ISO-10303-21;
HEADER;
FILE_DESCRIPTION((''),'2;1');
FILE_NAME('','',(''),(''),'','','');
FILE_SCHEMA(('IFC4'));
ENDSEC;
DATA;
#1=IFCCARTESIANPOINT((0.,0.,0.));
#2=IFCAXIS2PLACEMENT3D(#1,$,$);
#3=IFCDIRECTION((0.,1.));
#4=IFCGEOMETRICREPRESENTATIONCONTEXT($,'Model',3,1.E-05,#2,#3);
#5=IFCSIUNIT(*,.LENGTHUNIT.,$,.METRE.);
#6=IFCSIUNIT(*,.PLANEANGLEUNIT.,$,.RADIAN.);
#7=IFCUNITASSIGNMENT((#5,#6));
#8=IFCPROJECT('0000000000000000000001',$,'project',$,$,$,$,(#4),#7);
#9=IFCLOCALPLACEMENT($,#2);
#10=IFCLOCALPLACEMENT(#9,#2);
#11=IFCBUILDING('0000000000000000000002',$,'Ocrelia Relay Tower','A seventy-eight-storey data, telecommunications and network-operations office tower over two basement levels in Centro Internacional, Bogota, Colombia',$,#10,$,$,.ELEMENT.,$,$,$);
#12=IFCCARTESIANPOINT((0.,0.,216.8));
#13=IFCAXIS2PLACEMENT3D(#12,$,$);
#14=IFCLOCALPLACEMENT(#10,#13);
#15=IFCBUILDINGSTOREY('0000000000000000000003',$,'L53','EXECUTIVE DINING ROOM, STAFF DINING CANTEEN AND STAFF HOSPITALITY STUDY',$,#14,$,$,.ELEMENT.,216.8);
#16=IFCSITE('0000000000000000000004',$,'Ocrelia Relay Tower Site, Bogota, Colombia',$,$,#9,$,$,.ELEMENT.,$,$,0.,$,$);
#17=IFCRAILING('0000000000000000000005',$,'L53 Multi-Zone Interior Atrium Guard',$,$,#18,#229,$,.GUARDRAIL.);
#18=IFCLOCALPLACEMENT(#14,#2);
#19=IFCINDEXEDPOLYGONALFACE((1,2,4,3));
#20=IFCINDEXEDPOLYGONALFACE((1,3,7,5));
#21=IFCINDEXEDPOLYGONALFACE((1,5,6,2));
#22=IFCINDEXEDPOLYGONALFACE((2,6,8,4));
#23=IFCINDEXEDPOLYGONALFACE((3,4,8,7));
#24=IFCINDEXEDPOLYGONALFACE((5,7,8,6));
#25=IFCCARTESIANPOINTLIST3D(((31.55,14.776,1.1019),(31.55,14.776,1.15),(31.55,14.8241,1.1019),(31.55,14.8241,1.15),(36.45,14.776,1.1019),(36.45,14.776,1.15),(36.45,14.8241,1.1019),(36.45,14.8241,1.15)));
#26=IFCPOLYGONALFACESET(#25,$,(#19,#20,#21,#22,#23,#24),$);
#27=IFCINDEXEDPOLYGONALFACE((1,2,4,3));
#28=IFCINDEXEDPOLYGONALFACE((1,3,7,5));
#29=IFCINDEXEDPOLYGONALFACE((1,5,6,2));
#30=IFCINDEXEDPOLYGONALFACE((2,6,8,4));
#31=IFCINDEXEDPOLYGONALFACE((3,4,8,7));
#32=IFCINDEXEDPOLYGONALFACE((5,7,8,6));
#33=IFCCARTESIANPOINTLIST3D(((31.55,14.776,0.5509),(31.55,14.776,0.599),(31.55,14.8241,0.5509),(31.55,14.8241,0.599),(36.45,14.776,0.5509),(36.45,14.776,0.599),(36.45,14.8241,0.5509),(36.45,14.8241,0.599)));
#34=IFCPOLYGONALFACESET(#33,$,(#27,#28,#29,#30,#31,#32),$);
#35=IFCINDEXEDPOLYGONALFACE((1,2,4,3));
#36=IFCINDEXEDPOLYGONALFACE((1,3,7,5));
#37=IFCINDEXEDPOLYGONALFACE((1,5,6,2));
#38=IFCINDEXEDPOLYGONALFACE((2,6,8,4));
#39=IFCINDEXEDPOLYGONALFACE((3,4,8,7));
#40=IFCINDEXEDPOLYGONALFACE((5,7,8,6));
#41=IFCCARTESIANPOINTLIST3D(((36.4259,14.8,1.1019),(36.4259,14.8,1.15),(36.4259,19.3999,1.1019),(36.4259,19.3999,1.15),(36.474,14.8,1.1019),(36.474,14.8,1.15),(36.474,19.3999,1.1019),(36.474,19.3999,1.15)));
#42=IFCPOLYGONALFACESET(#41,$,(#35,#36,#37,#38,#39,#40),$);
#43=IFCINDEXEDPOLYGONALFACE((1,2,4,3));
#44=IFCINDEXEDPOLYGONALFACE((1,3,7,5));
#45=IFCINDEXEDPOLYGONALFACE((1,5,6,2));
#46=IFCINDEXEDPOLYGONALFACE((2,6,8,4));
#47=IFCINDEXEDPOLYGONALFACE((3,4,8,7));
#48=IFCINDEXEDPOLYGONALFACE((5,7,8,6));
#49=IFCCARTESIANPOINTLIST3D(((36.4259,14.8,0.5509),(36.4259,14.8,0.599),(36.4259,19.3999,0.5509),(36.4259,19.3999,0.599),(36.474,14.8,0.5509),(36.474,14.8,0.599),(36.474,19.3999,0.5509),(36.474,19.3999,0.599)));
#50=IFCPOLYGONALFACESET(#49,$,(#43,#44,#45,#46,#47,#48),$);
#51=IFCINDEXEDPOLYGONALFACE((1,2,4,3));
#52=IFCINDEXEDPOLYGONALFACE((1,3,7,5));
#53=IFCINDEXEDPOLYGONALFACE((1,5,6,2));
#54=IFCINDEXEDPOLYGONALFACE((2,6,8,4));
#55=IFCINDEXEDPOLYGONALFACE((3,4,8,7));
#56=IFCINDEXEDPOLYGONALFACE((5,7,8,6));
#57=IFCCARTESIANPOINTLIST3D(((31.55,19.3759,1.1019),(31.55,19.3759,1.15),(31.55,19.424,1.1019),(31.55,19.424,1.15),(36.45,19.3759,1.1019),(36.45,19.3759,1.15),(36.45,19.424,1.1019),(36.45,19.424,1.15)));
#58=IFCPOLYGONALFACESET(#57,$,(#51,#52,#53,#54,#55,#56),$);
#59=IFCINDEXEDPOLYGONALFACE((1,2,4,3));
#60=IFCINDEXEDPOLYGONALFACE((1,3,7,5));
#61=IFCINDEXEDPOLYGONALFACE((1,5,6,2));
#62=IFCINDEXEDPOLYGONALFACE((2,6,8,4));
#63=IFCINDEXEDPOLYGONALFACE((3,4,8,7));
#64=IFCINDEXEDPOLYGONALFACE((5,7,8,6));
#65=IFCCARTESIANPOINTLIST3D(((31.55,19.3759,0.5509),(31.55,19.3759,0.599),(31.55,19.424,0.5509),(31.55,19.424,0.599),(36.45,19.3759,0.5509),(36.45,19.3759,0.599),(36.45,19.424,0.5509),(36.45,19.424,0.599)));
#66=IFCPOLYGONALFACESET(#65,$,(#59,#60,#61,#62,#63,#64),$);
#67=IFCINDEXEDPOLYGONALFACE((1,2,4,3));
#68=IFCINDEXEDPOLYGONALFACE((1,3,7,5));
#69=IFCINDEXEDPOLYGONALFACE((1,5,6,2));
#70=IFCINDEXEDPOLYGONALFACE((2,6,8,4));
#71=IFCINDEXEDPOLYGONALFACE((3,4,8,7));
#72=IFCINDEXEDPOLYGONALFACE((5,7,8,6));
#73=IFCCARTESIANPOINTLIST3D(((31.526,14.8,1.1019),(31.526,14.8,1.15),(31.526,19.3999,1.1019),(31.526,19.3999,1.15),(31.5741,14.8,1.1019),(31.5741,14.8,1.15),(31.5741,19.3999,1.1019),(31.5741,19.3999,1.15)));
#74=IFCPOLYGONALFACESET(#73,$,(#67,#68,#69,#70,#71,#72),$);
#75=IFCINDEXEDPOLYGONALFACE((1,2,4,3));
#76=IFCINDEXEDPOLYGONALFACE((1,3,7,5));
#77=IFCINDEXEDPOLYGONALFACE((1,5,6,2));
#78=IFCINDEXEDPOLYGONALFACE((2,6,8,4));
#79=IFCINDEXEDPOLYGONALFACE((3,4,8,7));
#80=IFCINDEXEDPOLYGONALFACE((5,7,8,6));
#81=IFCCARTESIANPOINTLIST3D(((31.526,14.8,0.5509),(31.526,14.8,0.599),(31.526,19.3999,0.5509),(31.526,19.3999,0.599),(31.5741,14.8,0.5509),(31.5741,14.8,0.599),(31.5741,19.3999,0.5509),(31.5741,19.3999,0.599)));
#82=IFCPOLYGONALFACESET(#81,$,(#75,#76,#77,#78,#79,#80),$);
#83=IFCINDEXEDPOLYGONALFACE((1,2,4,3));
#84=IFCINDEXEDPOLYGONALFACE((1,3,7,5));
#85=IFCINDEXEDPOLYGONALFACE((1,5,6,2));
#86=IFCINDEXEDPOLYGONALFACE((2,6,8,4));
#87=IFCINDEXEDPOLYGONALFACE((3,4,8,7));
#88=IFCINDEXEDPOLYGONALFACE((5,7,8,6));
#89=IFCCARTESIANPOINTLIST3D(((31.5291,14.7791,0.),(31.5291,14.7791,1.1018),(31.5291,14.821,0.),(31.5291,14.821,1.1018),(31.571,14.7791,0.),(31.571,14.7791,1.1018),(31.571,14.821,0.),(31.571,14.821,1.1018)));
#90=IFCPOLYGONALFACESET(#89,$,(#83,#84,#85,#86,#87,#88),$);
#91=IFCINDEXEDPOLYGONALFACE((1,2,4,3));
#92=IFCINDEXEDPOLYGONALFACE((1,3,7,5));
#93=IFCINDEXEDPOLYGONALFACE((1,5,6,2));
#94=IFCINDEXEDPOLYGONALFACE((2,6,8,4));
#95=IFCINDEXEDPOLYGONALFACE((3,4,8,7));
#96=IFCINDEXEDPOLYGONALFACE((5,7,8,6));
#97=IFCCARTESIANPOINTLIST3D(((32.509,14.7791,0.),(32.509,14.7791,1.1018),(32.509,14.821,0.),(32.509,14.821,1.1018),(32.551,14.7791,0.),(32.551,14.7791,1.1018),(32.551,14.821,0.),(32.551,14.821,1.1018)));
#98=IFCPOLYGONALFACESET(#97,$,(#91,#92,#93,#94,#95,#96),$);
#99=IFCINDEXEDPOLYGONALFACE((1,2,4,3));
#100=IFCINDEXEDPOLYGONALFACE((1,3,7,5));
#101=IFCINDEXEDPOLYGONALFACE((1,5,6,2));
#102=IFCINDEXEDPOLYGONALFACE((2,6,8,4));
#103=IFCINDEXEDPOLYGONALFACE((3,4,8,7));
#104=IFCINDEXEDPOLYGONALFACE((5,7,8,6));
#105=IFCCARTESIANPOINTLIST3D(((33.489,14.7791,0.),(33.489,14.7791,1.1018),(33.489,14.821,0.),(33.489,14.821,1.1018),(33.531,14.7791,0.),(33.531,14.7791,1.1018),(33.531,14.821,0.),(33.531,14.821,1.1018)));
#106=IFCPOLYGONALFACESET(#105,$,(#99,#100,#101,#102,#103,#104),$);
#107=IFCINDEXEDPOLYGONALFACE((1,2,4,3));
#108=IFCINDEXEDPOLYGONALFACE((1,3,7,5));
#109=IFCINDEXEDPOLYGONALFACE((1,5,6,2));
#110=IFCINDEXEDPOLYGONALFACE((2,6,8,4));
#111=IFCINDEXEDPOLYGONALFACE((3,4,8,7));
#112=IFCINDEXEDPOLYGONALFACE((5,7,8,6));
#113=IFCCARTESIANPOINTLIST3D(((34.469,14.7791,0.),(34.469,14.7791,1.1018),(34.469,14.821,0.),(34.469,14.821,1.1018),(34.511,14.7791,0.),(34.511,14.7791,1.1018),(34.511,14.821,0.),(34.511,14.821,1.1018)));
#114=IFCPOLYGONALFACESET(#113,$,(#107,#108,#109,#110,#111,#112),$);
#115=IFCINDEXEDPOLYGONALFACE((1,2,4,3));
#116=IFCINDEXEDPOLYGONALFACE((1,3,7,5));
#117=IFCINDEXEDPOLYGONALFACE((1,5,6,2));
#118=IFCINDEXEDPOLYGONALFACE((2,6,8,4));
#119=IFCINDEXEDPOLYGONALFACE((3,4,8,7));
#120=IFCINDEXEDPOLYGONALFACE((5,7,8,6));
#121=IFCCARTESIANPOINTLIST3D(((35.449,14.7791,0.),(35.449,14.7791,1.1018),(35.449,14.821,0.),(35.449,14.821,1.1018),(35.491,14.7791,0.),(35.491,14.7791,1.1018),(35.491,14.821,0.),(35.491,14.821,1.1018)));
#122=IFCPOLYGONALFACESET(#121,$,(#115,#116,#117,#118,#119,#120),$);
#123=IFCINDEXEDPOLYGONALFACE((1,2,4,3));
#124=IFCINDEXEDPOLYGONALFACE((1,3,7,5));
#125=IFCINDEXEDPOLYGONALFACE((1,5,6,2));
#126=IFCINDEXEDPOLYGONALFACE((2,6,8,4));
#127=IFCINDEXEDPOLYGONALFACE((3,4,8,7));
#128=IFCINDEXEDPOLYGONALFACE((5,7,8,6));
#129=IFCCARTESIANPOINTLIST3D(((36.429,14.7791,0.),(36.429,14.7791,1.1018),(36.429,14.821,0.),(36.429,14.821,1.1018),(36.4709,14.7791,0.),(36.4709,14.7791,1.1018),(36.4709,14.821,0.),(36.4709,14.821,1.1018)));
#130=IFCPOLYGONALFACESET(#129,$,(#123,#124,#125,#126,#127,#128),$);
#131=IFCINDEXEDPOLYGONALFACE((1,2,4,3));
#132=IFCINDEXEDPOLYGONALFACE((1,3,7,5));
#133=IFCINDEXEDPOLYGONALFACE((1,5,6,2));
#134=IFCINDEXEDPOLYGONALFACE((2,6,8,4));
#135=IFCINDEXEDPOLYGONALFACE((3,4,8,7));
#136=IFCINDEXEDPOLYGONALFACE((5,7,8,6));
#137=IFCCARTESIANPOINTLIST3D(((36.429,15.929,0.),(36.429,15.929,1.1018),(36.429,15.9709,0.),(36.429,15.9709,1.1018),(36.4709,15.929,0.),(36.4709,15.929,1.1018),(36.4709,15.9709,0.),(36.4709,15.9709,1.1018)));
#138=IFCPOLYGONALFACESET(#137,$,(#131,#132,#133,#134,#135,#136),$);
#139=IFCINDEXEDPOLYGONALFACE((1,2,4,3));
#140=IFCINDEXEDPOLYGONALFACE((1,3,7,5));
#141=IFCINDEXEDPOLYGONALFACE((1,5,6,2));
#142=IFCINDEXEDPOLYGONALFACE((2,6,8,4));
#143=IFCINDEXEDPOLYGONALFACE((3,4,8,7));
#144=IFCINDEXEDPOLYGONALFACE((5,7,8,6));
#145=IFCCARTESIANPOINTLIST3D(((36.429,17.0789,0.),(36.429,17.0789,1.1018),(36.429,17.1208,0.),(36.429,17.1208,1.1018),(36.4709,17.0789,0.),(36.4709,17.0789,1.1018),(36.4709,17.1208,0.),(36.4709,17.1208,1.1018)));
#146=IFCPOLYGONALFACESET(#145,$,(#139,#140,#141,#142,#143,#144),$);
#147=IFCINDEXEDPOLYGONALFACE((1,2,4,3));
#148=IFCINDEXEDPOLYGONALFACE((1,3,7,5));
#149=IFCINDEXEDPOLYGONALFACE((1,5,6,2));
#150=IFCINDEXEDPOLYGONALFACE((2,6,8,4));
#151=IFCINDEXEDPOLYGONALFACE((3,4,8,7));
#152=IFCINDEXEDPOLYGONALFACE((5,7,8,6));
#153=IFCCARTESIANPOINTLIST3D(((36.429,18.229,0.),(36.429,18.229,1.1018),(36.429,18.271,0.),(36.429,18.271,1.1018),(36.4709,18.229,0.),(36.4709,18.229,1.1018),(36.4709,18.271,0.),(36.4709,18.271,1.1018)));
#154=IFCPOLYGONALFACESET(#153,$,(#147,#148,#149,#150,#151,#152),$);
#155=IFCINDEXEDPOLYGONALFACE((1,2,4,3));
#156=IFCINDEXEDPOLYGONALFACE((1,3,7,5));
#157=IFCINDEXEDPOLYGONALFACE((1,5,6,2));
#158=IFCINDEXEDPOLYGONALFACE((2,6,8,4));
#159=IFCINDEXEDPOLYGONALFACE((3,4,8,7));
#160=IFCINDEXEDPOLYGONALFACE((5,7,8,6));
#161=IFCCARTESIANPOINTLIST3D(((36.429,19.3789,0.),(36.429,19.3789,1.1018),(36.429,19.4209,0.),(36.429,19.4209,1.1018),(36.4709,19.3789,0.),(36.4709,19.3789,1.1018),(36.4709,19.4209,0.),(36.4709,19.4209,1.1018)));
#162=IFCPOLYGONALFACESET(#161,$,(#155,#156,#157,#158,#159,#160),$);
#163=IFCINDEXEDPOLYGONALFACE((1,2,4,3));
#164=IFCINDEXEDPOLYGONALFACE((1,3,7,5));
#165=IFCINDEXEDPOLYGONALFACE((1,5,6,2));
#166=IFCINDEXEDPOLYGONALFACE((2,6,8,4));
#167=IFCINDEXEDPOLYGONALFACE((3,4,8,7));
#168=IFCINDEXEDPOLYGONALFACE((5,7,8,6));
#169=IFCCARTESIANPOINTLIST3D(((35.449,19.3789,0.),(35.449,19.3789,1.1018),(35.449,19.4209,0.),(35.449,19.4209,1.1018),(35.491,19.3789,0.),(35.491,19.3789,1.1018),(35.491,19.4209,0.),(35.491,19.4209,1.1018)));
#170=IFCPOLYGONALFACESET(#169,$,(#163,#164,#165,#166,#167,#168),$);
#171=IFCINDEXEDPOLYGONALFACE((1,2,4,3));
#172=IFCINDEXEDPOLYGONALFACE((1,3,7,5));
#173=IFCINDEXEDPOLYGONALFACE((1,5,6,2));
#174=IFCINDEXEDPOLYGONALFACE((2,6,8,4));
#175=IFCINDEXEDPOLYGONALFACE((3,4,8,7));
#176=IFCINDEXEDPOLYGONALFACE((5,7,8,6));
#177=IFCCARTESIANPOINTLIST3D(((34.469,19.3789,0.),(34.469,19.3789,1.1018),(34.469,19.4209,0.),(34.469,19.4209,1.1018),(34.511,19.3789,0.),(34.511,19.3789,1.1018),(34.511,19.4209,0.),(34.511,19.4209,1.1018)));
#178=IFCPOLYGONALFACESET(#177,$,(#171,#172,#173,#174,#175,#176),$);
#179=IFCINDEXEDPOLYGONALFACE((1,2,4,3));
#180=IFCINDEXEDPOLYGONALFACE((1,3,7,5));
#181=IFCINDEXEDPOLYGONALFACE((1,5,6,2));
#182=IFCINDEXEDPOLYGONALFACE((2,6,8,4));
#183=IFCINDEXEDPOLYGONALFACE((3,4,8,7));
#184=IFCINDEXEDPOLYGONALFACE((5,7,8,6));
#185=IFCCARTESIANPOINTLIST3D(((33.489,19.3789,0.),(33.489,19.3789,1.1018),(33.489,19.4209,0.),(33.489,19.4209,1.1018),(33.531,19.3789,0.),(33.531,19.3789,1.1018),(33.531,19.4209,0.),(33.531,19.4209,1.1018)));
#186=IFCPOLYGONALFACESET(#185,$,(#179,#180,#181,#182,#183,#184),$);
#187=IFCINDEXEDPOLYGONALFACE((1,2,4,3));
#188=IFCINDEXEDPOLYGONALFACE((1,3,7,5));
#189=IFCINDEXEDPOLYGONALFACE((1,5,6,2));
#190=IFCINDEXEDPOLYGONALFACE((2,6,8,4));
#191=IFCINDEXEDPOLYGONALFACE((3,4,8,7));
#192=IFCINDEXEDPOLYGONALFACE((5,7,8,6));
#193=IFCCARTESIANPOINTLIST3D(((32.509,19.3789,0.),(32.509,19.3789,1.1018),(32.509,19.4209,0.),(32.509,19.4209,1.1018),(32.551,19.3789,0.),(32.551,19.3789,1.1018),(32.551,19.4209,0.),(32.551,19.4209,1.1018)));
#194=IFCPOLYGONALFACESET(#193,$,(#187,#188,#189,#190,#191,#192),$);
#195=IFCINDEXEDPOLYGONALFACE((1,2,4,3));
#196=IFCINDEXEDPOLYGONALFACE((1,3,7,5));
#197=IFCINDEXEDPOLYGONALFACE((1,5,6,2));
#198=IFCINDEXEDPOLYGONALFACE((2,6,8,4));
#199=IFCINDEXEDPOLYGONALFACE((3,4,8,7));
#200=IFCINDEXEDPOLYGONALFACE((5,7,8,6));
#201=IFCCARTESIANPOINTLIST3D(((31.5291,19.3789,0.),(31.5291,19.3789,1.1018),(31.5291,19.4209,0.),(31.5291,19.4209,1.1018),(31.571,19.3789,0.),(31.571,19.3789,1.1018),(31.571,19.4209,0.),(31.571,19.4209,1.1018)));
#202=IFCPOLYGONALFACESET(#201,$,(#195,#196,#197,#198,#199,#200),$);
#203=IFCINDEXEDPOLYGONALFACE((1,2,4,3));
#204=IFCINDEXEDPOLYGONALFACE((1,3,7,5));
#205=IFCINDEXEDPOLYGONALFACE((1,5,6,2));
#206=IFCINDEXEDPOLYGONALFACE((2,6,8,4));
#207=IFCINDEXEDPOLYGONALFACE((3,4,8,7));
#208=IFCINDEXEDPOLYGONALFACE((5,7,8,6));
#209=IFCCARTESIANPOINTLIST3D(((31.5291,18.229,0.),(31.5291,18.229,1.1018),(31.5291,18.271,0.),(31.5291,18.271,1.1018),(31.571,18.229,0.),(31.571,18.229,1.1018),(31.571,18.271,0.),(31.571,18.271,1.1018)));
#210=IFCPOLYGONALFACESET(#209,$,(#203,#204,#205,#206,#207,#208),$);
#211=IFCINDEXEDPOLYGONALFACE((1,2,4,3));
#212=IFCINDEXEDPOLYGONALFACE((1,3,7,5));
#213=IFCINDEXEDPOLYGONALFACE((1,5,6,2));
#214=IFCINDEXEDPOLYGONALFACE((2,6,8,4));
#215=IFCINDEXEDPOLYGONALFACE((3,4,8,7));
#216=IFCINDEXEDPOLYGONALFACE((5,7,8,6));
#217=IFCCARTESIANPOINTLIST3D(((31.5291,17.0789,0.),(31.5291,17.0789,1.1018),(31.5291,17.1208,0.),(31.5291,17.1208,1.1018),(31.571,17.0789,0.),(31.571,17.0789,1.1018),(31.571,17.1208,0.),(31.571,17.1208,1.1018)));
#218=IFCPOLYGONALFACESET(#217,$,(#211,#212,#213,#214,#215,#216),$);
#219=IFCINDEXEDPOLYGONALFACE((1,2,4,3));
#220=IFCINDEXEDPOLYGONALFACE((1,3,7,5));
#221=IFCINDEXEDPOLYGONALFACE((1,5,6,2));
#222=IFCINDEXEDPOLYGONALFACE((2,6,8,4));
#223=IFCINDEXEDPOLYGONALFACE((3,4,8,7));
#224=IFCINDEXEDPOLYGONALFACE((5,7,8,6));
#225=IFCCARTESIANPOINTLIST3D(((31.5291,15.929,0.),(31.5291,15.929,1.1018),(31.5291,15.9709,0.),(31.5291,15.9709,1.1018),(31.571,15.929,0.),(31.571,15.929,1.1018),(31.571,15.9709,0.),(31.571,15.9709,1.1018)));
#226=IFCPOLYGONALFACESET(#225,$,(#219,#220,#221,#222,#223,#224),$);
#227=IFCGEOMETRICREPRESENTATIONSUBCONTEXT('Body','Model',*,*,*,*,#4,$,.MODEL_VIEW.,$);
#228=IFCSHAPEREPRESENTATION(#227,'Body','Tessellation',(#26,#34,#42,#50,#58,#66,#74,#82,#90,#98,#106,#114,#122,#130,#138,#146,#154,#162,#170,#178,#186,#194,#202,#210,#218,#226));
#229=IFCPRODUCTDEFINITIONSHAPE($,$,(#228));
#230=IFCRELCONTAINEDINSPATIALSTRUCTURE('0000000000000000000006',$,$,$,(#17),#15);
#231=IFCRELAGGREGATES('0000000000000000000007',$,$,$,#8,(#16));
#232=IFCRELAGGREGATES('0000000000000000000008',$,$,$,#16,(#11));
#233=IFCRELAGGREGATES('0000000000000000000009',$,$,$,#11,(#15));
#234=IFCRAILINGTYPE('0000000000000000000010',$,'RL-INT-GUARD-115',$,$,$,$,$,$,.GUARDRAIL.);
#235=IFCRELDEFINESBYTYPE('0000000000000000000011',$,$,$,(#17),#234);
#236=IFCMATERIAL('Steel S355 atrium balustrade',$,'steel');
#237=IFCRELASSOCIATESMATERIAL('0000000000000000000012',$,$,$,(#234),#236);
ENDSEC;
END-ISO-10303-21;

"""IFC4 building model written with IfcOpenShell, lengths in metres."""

from ifc_helpers import new_model, si_unit, direction, frame, origin, origin_2d, place, context, subcontext, project, spatial, rectangle, extrude, material, type_object, element, save


model = new_model("IFC4")

# Units and contexts
model_context = context("Model", 3, precision=1e-05, world=origin(), true_north=direction((0.0, 1.0)))
body_context = subcontext(model_context, "Body", "Model", "MODEL_VIEW")
ifc_project = project(units=[si_unit("LENGTHUNIT", "METRE"), si_unit("PLANEANGLEUNIT", "RADIAN")], contexts=[model_context])

# Site, building, storey
site_placement = place(None, origin())
site = spatial("IfcSite", under=ifc_project, at=site_placement, Name="Ocrelia Relay Tower Site, Bogota, Colombia", CompositionType="ELEMENT", RefElevation=0.0)
building_placement = place(site_placement, origin())
building = spatial("IfcBuilding", under=site, at=building_placement, Name="Ocrelia Relay Tower", Description="A seventy-eight-storey data, telecommunications and network-operations office tower over two basement levels in Centro Internacional, Bogota, Colombia", CompositionType="ELEMENT")
storey_placement = place(building_placement, frame((0.0, 0.0, 216.8)))
storey = spatial("IfcBuildingStorey", under=building, at=storey_placement, Name="L53", Description="EXECUTIVE DINING ROOM, STAFF DINING CANTEEN AND STAFF HOSPITALITY STUDY", CompositionType="ELEMENT", Elevation=216.8)

# Railing
ifc_material_1 = material(Name="Steel S355 atrium balustrade", Category="steel")
railing_type_1 = type_object("IfcRailingType", Name="RL-INT-GUARD-115", PredefinedType="GUARDRAIL", material=ifc_material_1)
railing_1_placement = place(storey_placement, frame((31.55, 14.8, 0.0)))
element("IfcRailing", 1, at=railing_1_placement, inside=storey, type_object=railing_type_1, Name="L53 Multi-Zone Interior Atrium Guard", PredefinedType="GUARDRAIL", context=body_context, shape_type="SweptSolid", body=[
    extrude(rectangle(XDim=0.0481, YDim=0.0481, at=origin_2d()), frame((0.0, 0.0, 1.126), z_axis=(1.0, 0.0, 0.0), x_axis=(0.0, 1.0, 0.0)), (0.0, 0.0, 1.0), 4.8999),
    extrude(rectangle(XDim=0.0481, YDim=0.0481, at=origin_2d()), frame((0.0, 0.0, 0.575), z_axis=(1.0, 0.0, 0.0), x_axis=(0.0, 1.0, 0.0)), (0.0, 0.0, 1.0), 4.8999),
    extrude(rectangle(XDim=0.0481, YDim=0.0481, at=origin_2d()), frame((4.8999, 0.0, 1.126), z_axis=(0.0, 1.0, 0.0), x_axis=(-1.0, 0.0, 0.0)), (0.0, 0.0, 1.0), 4.5999),
    extrude(rectangle(XDim=0.0481, YDim=0.0481, at=origin_2d()), frame((4.8999, 0.0, 0.575), z_axis=(0.0, 1.0, 0.0), x_axis=(-1.0, 0.0, 0.0)), (0.0, 0.0, 1.0), 4.5999),
    extrude(rectangle(XDim=0.0481, YDim=0.0481, at=origin_2d()), frame((4.8999, 4.5999, 1.126), z_axis=(-1.0, 0.0, 0.0), x_axis=(0.0, -1.0, 0.0)), (0.0, 0.0, 1.0), 4.8999),
    extrude(rectangle(XDim=0.0481, YDim=0.0481, at=origin_2d()), frame((4.8999, 4.5999, 0.575), z_axis=(-1.0, 0.0, 0.0), x_axis=(0.0, -1.0, 0.0)), (0.0, 0.0, 1.0), 4.8999),
    extrude(rectangle(XDim=0.0481, YDim=0.0481, at=origin_2d()), frame((0.0, 4.5999, 1.126), z_axis=(0.0, -1.0, 0.0), x_axis=(1.0, 0.0, 0.0)), (0.0, 0.0, 1.0), 4.5999),
    extrude(rectangle(XDim=0.0481, YDim=0.0481, at=origin_2d()), frame((0.0, 4.5999, 0.575), z_axis=(0.0, -1.0, 0.0), x_axis=(1.0, 0.0, 0.0)), (0.0, 0.0, 1.0), 4.5999),
    extrude(rectangle(XDim=0.042, YDim=0.042, at=origin_2d()), origin(), (0.0, 0.0, 1.0), 1.1018),
    extrude(rectangle(XDim=0.042, YDim=0.042, at=origin_2d()), frame((0.98, 0.0, 0.0)), (0.0, 0.0, 1.0), 1.1018),
    extrude(rectangle(XDim=0.042, YDim=0.042, at=origin_2d()), frame((1.96, 0.0, 0.0)), (0.0, 0.0, 1.0), 1.1018),
    extrude(rectangle(XDim=0.042, YDim=0.042, at=origin_2d()), frame((2.9399, 0.0, 0.0)), (0.0, 0.0, 1.0), 1.1018),
    extrude(rectangle(XDim=0.042, YDim=0.042, at=origin_2d()), frame((3.9199, 0.0, 0.0)), (0.0, 0.0, 1.0), 1.1018),
    extrude(rectangle(XDim=0.042, YDim=0.042, at=origin_2d()), frame((4.8999, 0.0, 0.0)), (0.0, 0.0, 1.0), 1.1018),
    extrude(rectangle(XDim=0.042, YDim=0.042, at=origin_2d()), frame((4.8999, 1.1499, 0.0)), (0.0, 0.0, 1.0), 1.1018),
    extrude(rectangle(XDim=0.042, YDim=0.042, at=origin_2d()), frame((4.8999, 2.2998, 0.0)), (0.0, 0.0, 1.0), 1.1018),
    extrude(rectangle(XDim=0.042, YDim=0.042, at=origin_2d()), frame((4.8999, 3.45, 0.0)), (0.0, 0.0, 1.0), 1.1018),
    extrude(rectangle(XDim=0.042, YDim=0.042, at=origin_2d()), frame((4.8999, 4.5999, 0.0)), (0.0, 0.0, 1.0), 1.1018),
    extrude(rectangle(XDim=0.042, YDim=0.042, at=origin_2d()), frame((3.9199, 4.5999, 0.0)), (0.0, 0.0, 1.0), 1.1018),
    extrude(rectangle(XDim=0.042, YDim=0.042, at=origin_2d()), frame((2.9399, 4.5999, 0.0)), (0.0, 0.0, 1.0), 1.1018),
    extrude(rectangle(XDim=0.042, YDim=0.042, at=origin_2d()), frame((1.96, 4.5999, 0.0)), (0.0, 0.0, 1.0), 1.1018),
    extrude(rectangle(XDim=0.042, YDim=0.042, at=origin_2d()), frame((0.98, 4.5999, 0.0)), (0.0, 0.0, 1.0), 1.1018),
    extrude(rectangle(XDim=0.042, YDim=0.042, at=origin_2d()), frame((0.0, 4.5999, 0.0)), (0.0, 0.0, 1.0), 1.1018),
    extrude(rectangle(XDim=0.042, YDim=0.042, at=origin_2d()), frame((0.0, 3.45, 0.0)), (0.0, 0.0, 1.0), 1.1018),
    extrude(rectangle(XDim=0.042, YDim=0.042, at=origin_2d()), frame((0.0, 2.2998, 0.0)), (0.0, 0.0, 1.0), 1.1018),
    extrude(rectangle(XDim=0.042, YDim=0.042, at=origin_2d()), frame((0.0, 1.1499, 0.0)), (0.0, 0.0, 1.0), 1.1018),
])

save(model, "model.ifc")
